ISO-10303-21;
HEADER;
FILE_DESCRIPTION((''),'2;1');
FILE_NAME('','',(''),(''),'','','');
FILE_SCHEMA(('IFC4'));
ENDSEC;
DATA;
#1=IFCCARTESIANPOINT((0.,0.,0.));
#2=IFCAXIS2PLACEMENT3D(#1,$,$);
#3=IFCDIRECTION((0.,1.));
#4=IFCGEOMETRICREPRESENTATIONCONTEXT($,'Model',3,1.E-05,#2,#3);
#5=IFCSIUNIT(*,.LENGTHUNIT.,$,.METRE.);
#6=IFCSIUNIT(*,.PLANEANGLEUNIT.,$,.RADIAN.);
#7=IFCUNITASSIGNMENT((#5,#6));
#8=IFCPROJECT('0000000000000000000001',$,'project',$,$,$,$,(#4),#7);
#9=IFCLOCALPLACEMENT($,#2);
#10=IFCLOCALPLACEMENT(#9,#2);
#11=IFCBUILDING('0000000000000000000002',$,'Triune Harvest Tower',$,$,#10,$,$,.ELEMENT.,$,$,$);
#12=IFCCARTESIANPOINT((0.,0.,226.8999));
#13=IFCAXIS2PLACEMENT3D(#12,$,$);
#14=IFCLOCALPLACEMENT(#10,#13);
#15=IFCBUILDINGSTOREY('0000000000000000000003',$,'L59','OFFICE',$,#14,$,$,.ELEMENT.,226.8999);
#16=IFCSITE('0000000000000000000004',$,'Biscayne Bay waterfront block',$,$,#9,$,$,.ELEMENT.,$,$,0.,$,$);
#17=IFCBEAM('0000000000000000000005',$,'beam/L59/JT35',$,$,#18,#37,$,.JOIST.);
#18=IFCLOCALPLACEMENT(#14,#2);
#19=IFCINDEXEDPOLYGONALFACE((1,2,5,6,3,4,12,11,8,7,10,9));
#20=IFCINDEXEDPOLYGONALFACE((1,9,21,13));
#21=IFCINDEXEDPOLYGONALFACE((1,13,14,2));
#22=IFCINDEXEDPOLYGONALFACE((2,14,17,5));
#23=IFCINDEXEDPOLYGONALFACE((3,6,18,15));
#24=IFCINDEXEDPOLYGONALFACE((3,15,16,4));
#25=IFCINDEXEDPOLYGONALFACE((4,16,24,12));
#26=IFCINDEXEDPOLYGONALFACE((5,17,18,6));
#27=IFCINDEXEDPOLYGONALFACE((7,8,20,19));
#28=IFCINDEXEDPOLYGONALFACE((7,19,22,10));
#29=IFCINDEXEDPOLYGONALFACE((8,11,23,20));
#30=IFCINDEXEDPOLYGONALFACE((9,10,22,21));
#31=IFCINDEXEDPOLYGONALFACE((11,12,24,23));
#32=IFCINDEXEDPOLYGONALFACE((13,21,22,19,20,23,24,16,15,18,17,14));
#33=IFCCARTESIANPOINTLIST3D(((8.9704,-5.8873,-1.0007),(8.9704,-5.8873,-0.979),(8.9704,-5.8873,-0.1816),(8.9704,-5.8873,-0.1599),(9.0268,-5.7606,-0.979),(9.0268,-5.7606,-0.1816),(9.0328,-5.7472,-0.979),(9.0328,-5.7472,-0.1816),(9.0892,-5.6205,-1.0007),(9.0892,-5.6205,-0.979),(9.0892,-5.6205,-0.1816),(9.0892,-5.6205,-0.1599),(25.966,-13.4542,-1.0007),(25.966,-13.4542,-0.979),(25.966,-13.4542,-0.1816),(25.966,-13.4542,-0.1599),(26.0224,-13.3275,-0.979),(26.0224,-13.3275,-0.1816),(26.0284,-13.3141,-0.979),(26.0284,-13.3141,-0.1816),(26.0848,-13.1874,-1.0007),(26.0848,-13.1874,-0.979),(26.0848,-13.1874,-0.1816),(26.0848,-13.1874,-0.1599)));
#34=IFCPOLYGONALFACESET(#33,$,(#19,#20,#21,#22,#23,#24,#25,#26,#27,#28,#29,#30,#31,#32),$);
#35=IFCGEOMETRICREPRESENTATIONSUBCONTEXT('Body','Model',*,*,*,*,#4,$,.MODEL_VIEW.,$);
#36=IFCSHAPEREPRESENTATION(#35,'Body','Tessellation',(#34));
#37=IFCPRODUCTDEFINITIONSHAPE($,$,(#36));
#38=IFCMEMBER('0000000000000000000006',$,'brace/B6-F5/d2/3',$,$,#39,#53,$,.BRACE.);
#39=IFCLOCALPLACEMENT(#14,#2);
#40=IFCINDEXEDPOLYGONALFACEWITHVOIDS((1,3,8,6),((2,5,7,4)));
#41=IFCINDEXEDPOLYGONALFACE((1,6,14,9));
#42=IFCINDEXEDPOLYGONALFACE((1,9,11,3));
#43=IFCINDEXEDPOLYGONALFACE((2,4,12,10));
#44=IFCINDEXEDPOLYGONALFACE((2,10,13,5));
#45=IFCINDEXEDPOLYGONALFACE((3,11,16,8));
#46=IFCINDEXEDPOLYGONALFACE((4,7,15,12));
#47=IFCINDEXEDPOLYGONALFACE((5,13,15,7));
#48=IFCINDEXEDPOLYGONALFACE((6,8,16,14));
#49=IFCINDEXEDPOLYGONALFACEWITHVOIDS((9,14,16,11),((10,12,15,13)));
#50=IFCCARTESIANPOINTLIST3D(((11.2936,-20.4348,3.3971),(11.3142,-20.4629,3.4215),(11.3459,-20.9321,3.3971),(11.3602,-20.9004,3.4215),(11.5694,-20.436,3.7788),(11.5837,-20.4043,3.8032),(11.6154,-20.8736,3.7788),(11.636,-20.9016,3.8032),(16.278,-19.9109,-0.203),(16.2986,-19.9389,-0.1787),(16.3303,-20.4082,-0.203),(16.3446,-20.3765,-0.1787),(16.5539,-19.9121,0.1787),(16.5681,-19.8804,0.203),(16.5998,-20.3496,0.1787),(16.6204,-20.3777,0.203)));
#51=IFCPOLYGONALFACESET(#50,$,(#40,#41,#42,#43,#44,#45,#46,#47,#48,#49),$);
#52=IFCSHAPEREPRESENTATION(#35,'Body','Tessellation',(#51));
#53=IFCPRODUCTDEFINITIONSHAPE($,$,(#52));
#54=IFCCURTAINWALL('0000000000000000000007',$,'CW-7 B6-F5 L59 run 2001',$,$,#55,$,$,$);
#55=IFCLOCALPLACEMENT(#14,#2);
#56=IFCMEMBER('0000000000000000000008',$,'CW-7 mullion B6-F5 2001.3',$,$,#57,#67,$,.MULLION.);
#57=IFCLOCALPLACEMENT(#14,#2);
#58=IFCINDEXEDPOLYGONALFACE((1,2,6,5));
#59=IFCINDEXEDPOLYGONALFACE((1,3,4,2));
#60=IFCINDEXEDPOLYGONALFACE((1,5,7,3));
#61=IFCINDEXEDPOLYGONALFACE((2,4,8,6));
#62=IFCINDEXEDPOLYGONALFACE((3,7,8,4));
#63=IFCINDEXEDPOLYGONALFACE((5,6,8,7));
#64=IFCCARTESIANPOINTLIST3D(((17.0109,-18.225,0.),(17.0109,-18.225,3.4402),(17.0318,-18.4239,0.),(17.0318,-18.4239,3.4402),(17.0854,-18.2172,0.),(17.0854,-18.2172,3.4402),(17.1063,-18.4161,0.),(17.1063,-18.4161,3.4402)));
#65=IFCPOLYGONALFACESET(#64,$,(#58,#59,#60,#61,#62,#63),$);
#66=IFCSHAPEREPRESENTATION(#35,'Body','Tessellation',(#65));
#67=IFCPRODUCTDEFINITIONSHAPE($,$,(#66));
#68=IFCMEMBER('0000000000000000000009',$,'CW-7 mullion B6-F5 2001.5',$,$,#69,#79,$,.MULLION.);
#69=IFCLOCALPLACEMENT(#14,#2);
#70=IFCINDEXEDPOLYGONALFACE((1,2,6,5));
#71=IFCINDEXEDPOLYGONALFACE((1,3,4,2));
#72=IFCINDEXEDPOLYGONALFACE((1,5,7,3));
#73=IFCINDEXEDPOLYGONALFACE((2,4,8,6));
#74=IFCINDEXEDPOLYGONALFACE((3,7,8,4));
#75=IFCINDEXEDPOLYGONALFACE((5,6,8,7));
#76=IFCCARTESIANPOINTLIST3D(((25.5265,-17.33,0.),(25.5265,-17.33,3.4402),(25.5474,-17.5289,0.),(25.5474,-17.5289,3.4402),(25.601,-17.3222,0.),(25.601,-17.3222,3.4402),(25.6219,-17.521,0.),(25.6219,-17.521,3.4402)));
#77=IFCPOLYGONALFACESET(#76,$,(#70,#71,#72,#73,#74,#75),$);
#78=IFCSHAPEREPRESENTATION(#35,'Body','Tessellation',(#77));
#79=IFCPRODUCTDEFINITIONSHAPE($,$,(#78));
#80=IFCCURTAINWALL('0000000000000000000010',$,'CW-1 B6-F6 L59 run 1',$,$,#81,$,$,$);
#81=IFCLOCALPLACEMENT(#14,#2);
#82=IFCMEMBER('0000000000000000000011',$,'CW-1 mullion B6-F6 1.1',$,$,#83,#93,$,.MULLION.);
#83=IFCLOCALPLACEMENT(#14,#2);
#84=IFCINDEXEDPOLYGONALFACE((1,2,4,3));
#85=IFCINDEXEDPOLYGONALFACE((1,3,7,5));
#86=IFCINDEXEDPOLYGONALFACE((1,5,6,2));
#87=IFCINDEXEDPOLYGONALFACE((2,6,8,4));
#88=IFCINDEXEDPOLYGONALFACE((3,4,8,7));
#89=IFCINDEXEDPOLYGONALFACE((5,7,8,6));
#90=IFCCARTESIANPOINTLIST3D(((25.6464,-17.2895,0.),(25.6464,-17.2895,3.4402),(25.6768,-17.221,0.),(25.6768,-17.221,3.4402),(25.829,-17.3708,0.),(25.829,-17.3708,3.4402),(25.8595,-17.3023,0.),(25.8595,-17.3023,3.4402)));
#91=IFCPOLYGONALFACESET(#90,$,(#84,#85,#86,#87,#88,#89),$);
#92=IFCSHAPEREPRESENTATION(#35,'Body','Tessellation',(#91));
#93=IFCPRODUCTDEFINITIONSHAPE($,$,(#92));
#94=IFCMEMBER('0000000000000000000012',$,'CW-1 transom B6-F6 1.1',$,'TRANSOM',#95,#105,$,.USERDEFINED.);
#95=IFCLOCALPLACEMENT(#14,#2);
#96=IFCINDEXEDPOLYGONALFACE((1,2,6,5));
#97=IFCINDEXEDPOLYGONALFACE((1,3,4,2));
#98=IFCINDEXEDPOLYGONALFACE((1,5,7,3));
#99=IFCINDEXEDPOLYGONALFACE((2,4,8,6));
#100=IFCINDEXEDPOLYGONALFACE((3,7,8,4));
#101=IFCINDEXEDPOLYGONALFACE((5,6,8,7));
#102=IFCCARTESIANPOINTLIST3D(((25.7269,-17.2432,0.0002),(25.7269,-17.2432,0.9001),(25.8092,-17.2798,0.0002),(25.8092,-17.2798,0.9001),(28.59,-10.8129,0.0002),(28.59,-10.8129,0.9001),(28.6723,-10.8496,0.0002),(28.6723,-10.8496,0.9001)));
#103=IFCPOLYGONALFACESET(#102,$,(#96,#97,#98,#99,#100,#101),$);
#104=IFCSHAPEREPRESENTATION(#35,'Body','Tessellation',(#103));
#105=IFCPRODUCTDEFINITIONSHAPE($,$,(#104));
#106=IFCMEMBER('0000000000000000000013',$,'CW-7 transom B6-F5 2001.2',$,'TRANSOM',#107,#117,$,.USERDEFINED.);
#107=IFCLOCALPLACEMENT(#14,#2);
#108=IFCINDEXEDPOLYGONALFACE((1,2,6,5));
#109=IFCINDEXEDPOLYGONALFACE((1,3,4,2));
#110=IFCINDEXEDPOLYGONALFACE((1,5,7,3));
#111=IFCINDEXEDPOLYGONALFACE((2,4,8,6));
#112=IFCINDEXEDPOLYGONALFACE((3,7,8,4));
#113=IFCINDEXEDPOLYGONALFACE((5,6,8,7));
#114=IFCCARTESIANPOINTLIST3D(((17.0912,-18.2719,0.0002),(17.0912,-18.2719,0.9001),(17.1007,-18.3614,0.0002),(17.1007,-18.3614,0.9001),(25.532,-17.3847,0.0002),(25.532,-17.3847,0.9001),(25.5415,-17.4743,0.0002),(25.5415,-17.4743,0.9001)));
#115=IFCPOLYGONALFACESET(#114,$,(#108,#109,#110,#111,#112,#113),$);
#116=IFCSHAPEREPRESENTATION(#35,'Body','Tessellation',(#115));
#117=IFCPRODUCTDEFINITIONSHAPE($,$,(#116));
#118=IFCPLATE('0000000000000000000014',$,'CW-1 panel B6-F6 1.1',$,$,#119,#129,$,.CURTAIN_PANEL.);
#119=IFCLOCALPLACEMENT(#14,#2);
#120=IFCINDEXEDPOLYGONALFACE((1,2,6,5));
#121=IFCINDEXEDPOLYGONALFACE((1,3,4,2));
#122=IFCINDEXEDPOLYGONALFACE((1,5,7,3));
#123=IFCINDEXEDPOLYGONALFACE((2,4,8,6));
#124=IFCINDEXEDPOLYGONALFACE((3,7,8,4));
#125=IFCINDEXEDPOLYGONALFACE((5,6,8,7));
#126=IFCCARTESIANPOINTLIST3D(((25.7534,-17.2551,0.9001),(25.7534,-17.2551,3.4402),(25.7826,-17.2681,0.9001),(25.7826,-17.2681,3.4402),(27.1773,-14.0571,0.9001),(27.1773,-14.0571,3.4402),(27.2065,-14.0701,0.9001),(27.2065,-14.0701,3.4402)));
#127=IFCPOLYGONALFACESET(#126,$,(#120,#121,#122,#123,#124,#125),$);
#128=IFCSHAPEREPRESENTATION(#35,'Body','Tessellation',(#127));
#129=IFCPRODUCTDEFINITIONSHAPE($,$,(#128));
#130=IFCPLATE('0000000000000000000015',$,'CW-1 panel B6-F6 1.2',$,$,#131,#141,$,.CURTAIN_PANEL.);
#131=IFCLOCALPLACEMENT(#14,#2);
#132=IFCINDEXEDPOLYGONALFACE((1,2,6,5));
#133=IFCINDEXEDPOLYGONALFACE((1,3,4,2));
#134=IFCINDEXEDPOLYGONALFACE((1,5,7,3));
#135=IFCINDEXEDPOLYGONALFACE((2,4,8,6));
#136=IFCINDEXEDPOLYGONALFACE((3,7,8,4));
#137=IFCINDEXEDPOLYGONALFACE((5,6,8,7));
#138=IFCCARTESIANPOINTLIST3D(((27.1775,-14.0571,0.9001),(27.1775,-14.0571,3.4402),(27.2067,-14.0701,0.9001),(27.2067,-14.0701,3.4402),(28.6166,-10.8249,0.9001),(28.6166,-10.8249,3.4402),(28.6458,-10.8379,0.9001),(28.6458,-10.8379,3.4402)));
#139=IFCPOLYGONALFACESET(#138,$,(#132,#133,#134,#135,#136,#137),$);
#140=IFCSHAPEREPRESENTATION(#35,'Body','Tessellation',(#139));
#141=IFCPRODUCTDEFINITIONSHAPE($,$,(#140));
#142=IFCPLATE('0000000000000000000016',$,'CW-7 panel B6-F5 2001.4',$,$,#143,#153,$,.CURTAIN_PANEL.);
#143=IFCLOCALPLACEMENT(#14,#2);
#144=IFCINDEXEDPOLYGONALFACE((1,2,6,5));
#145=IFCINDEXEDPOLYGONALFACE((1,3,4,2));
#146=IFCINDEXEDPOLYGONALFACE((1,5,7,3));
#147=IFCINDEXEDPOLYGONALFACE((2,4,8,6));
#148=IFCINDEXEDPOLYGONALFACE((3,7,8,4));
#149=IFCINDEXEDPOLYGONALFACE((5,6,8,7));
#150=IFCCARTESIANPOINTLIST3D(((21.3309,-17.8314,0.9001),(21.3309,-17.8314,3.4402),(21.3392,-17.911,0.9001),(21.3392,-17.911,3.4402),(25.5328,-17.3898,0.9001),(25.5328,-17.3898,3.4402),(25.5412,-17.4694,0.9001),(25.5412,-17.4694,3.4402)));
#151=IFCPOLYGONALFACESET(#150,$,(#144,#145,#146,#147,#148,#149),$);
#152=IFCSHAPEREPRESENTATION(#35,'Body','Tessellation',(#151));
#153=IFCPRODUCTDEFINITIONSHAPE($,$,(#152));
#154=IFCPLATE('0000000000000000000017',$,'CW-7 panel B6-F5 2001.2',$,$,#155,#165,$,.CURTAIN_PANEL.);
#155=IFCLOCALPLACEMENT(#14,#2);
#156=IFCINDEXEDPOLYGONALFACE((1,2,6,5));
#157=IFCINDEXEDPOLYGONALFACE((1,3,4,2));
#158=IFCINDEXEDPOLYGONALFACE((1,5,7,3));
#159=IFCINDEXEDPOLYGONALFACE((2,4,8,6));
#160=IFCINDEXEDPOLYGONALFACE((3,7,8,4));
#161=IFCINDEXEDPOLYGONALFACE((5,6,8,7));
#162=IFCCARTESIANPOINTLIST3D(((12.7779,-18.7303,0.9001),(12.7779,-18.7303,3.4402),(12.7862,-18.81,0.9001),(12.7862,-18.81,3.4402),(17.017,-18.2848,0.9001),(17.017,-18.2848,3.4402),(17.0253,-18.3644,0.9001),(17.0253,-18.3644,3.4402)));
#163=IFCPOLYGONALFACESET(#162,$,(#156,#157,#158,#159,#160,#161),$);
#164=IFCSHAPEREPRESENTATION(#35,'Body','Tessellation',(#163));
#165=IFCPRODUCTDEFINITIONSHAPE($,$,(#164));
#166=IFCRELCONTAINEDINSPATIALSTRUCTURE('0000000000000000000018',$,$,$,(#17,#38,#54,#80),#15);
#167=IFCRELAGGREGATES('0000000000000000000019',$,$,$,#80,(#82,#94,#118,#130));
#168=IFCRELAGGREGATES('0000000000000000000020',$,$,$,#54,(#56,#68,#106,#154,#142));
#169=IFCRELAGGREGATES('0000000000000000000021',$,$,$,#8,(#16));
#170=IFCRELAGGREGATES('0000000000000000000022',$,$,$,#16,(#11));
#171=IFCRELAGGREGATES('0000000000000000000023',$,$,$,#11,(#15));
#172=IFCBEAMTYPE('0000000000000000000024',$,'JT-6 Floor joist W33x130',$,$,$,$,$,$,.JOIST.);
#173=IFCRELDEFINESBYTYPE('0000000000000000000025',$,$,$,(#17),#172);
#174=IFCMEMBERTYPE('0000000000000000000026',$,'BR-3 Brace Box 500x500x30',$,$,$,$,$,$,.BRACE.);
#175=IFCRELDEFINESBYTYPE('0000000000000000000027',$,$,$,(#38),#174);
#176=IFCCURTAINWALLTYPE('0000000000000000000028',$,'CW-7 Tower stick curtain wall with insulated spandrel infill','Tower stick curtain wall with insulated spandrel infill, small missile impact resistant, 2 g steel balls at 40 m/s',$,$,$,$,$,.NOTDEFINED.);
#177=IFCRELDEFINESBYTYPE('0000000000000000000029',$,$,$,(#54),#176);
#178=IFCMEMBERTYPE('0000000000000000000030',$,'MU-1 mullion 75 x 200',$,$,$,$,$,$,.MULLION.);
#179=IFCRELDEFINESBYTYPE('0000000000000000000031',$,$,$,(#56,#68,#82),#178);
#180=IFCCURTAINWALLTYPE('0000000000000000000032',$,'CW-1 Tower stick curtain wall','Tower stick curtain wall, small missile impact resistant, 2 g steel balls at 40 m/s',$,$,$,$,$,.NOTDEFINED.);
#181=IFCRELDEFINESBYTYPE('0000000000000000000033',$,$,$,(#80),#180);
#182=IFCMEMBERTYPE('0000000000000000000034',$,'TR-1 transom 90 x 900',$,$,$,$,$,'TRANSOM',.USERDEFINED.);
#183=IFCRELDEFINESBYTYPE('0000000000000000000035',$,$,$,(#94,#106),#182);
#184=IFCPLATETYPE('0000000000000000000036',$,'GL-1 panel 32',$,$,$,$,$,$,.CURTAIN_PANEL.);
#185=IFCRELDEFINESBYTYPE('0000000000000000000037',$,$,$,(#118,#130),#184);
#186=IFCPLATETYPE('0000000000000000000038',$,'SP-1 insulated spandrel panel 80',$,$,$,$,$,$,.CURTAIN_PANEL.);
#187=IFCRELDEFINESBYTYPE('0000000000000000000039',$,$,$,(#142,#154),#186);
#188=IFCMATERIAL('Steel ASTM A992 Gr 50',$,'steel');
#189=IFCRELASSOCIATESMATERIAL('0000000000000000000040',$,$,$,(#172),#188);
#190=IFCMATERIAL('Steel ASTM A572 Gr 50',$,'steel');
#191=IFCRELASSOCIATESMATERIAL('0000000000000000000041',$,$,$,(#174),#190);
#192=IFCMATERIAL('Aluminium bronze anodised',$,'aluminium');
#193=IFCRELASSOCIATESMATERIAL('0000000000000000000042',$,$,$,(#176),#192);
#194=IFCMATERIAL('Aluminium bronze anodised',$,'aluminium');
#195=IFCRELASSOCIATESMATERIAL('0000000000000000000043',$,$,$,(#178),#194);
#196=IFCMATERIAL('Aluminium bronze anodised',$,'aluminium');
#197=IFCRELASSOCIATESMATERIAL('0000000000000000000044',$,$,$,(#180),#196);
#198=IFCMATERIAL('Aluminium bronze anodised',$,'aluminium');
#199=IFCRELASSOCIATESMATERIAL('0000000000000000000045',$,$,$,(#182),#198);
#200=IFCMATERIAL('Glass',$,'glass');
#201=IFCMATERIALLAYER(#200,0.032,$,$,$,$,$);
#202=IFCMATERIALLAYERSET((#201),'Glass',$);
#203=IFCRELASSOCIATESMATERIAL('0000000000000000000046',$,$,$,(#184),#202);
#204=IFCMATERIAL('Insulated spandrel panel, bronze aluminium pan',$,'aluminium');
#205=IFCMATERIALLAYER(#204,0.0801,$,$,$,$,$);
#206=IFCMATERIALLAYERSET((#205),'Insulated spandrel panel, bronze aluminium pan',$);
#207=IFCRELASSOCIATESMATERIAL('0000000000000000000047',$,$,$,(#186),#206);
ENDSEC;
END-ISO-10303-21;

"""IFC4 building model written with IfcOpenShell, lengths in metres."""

from ifc_helpers import new_model, si_unit, direction, frame, origin, origin_2d, place, context, subcontext, project, spatial, rectangle, hollow_rectangle, i_section, extrude, source, transform, mapped, material, layer, layer_set, material_profile, profile_set, type_object, element, aggregate, save


model = new_model("IFC4")

# Units and contexts
model_context = context("Model", 3, precision=1e-05, world=origin(), true_north=direction((0.0, 1.0)))
body_context = subcontext(model_context, "Body", "Model", "MODEL_VIEW")
ifc_project = project(units=[si_unit("LENGTHUNIT", "METRE"), si_unit("PLANEANGLEUNIT", "RADIAN")], contexts=[model_context])

# Site, building, storey
site_placement = place(None, origin())
site = spatial("IfcSite", under=ifc_project, at=site_placement, Name="Biscayne Bay waterfront block", CompositionType="ELEMENT", RefElevation=0.0)
building_placement = place(site_placement, origin())
building = spatial("IfcBuilding", under=site, at=building_placement, Name="Triune Harvest Tower", CompositionType="ELEMENT")
storey_placement = place(building_placement, frame((0.0, 0.0, 226.8999)))
storey = spatial("IfcBuildingStorey", under=building, at=storey_placement, Name="L59", Description="OFFICE", CompositionType="ELEMENT", Elevation=226.8999)

# Beam
ifc_material_1 = material(Name="Steel ASTM A992 Gr 50", Category="steel")
ifc_material_profile_1 = material_profile(ifc_material_1, i_section(OverallWidth=0.292, OverallDepth=0.8408, WebThickness=0.0146, FlangeThickness=0.0217, at=origin_2d()), Name="W33x130")
ifc_profile_set_1 = profile_set([ifc_material_profile_1], Name="Steel ASTM A992 Gr 50")
beam_type_1 = type_object("IfcBeamType", Name="JT-6 Floor joist W33x130", PredefinedType="JOIST", material=ifc_profile_set_1)
shared_shape_1 = source(origin(), body_context, "Body", "SweptSolid", [
    extrude(i_section(OverallWidth=0.292, OverallDepth=0.8408, WebThickness=0.0146, FlangeThickness=0.0217, at=origin_2d()), origin(), (0.0, 0.0, 1.0), 18.604),
])
beam_1_placement = place(storey_placement, frame((26.0254, -13.3208, -0.5803), z_axis=(-0.913546, 0.406735, 0.0), x_axis=(-0.406735, -0.913546, 0.0)))
element("IfcBeam", 1, at=beam_1_placement, inside=storey, type_object=beam_type_1, Name="beam/L59/JT35", PredefinedType="JOIST", context=body_context, shape_type="MappedRepresentation", body=[
    mapped(shared_shape_1, transform((0.0, 0.0, 0.0), scale=1.0)),
])

# Member
ifc_material_2 = material(Name="Steel ASTM A572 Gr 50", Category="steel")
ifc_material_profile_2 = material_profile(ifc_material_2, hollow_rectangle(XDim=0.5, YDim=0.5, WallThickness=0.03, at=origin_2d()), Name="Box 500x500x30")
ifc_profile_set_2 = profile_set([ifc_material_profile_2], Name="Steel ASTM A572 Gr 50")
member_type_1 = type_object("IfcMemberType", Name="BR-3 Brace Box 500x500x30", PredefinedType="BRACE", material=ifc_profile_set_2)
shared_shape_2 = source(origin(), body_context, "Body", "SweptSolid", [
    extrude(hollow_rectangle(XDim=0.5, YDim=0.5, WallThickness=0.03, at=origin_2d()), origin(), (0.0, 0.0, 1.0), 6.1709),
])
member_1_placement = place(storey_placement, frame((16.4492, -20.1443, 0.0), z_axis=(-0.807731, -0.084904, 0.583405), x_axis=(0.104538, -0.994521, 0.0)))
element("IfcMember", 2, at=member_1_placement, inside=storey, type_object=member_type_1, Name="brace/B6-F5/d2/3", PredefinedType="BRACE", context=body_context, shape_type="MappedRepresentation", body=[
    mapped(shared_shape_2, transform((0.0, 0.0, 0.0), scale=1.0)),
])

# Curtain walls, members
ifc_material_3 = material(Name="Aluminium bronze anodised", Category="aluminium")
curtain_wall_type_1 = type_object("IfcCurtainWallType", Name="CW-7 Tower stick curtain wall with insulated spandrel infill", Description="Tower stick curtain wall with insulated spandrel infill, small missile impact resistant, 2 g steel balls at 40 m/s", PredefinedType="NOTDEFINED", material=ifc_material_3)
curtain_wall_1_placement = place(storey_placement, origin())
curtain_wall_1 = element("IfcCurtainWall", 3, at=curtain_wall_1_placement, inside=storey, type_object=curtain_wall_type_1, Name="CW-7 B6-F5 L59 run 2001")
ifc_material_4 = material(Name="Aluminium bronze anodised", Category="aluminium")
ifc_material_profile_3 = material_profile(ifc_material_4, rectangle(XDim=0.2, YDim=0.075, at=origin_2d()), Name="MU-1 mullion 75 x 200")
ifc_profile_set_3 = profile_set([ifc_material_profile_3], Name="Aluminium bronze anodised")
member_type_2 = type_object("IfcMemberType", Name="MU-1 mullion 75 x 200", PredefinedType="MULLION", material=ifc_profile_set_3)
shared_shape_3 = source(origin(), body_context, "Body", "SweptSolid", [
    extrude(rectangle(XDim=0.2, YDim=0.075, at=origin_2d()), origin(), (0.0, 0.0, 1.0), 3.4402),
])
member_2_placement = place(storey_placement, frame((17.0586, -18.3206, 0.0), z_axis=(0.0, 0.0, 1.0), x_axis=(-0.104528, 0.994522, 0.0)))
member_2 = element("IfcMember", 4, at=member_2_placement, type_object=member_type_2, Name="CW-7 mullion B6-F5 2001.3", PredefinedType="MULLION", context=body_context, shape_type="MappedRepresentation", body=[
    mapped(shared_shape_3, transform((0.0, 0.0, 0.0), scale=1.0)),
])
member_3_placement = place(storey_placement, frame((25.5742, -17.4255, 0.0), z_axis=(0.0, 0.0, 1.0), x_axis=(-0.104528, 0.994522, 0.0)))
member_3 = element("IfcMember", 5, at=member_3_placement, type_object=member_type_2, Name="CW-7 mullion B6-F5 2001.5", PredefinedType="MULLION", context=body_context, shape_type="MappedRepresentation", body=[
    mapped(shared_shape_3, transform((0.0, 0.0, 0.0), scale=1.0)),
])
ifc_material_5 = material(Name="Aluminium bronze anodised", Category="aluminium")
curtain_wall_type_2 = type_object("IfcCurtainWallType", Name="CW-1 Tower stick curtain wall", Description="Tower stick curtain wall, small missile impact resistant, 2 g steel balls at 40 m/s", PredefinedType="NOTDEFINED", material=ifc_material_5)
curtain_wall_2_placement = place(storey_placement, origin())
curtain_wall_2 = element("IfcCurtainWall", 6, at=curtain_wall_2_placement, inside=storey, type_object=curtain_wall_type_2, Name="CW-1 B6-F6 L59 run 1")
member_4_placement = place(storey_placement, frame((25.7529, -17.2959, 0.0), z_axis=(0.0, 0.0, 1.0), x_axis=(-0.913543, 0.406743, 0.0)))
member_4 = element("IfcMember", 7, at=member_4_placement, type_object=member_type_2, Name="CW-1 mullion B6-F6 1.1", PredefinedType="MULLION", context=body_context, shape_type="MappedRepresentation", body=[
    mapped(shared_shape_3, transform((0.0, 0.0, 0.0), scale=1.0)),
])
ifc_material_6 = material(Name="Aluminium bronze anodised", Category="aluminium")
ifc_material_profile_4 = material_profile(ifc_material_6, rectangle(XDim=0.0901, YDim=0.8999, at=origin_2d()), Name="TR-1 transom 90 x 900")
ifc_profile_set_4 = profile_set([ifc_material_profile_4], Name="Aluminium bronze anodised")
member_type_3 = type_object("IfcMemberType", Name="TR-1 transom 90 x 900", ElementType="TRANSOM", PredefinedType="USERDEFINED", material=ifc_profile_set_4)
shared_shape_4 = source(origin(), body_context, "Body", "SweptSolid", [
    extrude(rectangle(XDim=0.0901, YDim=0.8999, at=origin_2d()), origin(), (0.0, 0.0, 1.0), 7.0388),
])
member_5_placement = place(storey_placement, frame((25.7681, -17.2615, 0.4502), z_axis=(0.406753, 0.913538, 0.0), x_axis=(-0.913538, 0.406753, 0.0)))
member_5 = element("IfcMember", 8, at=member_5_placement, type_object=member_type_3, Name="CW-1 transom B6-F6 1.1", ObjectType="TRANSOM", PredefinedType="USERDEFINED", context=body_context, shape_type="MappedRepresentation", body=[
    mapped(shared_shape_4, transform((0.0, 0.0, 0.0), scale=1.0)),
])

# Member
shared_shape_5 = source(origin(), body_context, "Body", "SweptSolid", [
    extrude(rectangle(XDim=0.0901, YDim=0.8999, at=origin_2d()), origin(), (0.0, 0.0, 1.0), 8.4873),
])
member_6_placement = place(storey_placement, frame((17.0959, -18.3167, 0.4502), z_axis=(0.994522, 0.104532, 0.0), x_axis=(-0.104532, 0.994522, 0.0)))
member_6 = element("IfcMember", 9, at=member_6_placement, type_object=member_type_3, Name="CW-7 transom B6-F5 2001.2", ObjectType="TRANSOM", PredefinedType="USERDEFINED", context=body_context, shape_type="MappedRepresentation", body=[
    mapped(shared_shape_5, transform((0.0, 0.0, 0.0), scale=1.0)),
])

# Plates
ifc_material_7 = material(Name="Glass", Category="glass")
ifc_layer_1 = layer(ifc_material_7, 0.032)
ifc_layer_set_1 = layer_set([ifc_layer_1], Name="Glass")
plate_type_1 = type_object("IfcPlateType", Name="GL-1 panel 32", PredefinedType="CURTAIN_PANEL", material=ifc_layer_set_1)
shared_shape_6 = source(origin(), body_context, "Body", "SweptSolid", [
    extrude(rectangle(XDim=3.5007, YDim=0.032, at=origin_2d()), origin(), (0.0, 0.0, 1.0), 2.54),
])
plate_1_placement = place(storey_placement, frame((26.48, -15.6626, 0.9001), z_axis=(0.0, 0.0, 1.0), x_axis=(0.406743, 0.913543, 0.0)))
plate_1 = element("IfcPlate", 10, at=plate_1_placement, type_object=plate_type_1, Name="CW-1 panel B6-F6 1.1", PredefinedType="CURTAIN_PANEL", context=body_context, shape_type="MappedRepresentation", body=[
    mapped(shared_shape_6, transform((0.0, 0.0, 0.0), scale=1.0)),
])
shared_shape_7 = source(origin(), body_context, "Body", "SweptSolid", [
    extrude(rectangle(XDim=3.5381, YDim=0.032, at=origin_2d()), origin(), (0.0, 0.0, 1.0), 2.54),
])
plate_2_placement = place(storey_placement, frame((27.9116, -12.4475, 0.9001), z_axis=(0.0, 0.0, 1.0), x_axis=(0.406743, 0.913543, 0.0)))
plate_2 = element("IfcPlate", 11, at=plate_2_placement, type_object=plate_type_1, Name="CW-1 panel B6-F6 1.2", PredefinedType="CURTAIN_PANEL", context=body_context, shape_type="MappedRepresentation", body=[
    mapped(shared_shape_7, transform((0.0, 0.0, 0.0), scale=1.0)),
])
aggregate(curtain_wall_2, [member_4, member_5, plate_1, plate_2])
ifc_material_8 = material(Name="Insulated spandrel panel, bronze aluminium pan", Category="aluminium")
ifc_layer_2 = layer(ifc_material_8, 0.0801)
ifc_layer_set_2 = layer_set([ifc_layer_2], Name="Insulated spandrel panel, bronze aluminium pan")
plate_type_2 = type_object("IfcPlateType", Name="SP-1 insulated spandrel panel 80", PredefinedType="CURTAIN_PANEL", material=ifc_layer_set_2)
shared_shape_8 = source(origin(), body_context, "Body", "SweptSolid", [
    extrude(rectangle(XDim=4.2251, YDim=0.0801, at=origin_2d()), origin(), (0.0, 0.0, 1.0), 2.54),
])
plate_3_placement = place(storey_placement, frame((23.436, -17.6504, 0.9001), z_axis=(0.0, 0.0, 1.0), x_axis=(0.994522, 0.104528, 0.0)))
plate_3 = element("IfcPlate", 12, at=plate_3_placement, type_object=plate_type_2, Name="CW-7 panel B6-F5 2001.4", PredefinedType="CURTAIN_PANEL", context=body_context, shape_type="MappedRepresentation", body=[
    mapped(shared_shape_8, transform((0.0, 0.0, 0.0), scale=1.0)),
])
shared_shape_9 = source(origin(), body_context, "Body", "SweptSolid", [
    extrude(rectangle(XDim=4.2625, YDim=0.0801, at=origin_2d()), origin(), (0.0, 0.0, 1.0), 2.54),
])
plate_4_placement = place(storey_placement, frame((14.9016, -18.5474, 0.9001), z_axis=(0.0, 0.0, 1.0), x_axis=(0.994522, 0.104528, 0.0)))
plate_4 = element("IfcPlate", 13, at=plate_4_placement, type_object=plate_type_2, Name="CW-7 panel B6-F5 2001.2", PredefinedType="CURTAIN_PANEL", context=body_context, shape_type="MappedRepresentation", body=[
    mapped(shared_shape_9, transform((0.0, 0.0, 0.0), scale=1.0)),
])
aggregate(curtain_wall_1, [member_2, member_3, member_6, plate_4, plate_3])

save(model, "model.ifc")
